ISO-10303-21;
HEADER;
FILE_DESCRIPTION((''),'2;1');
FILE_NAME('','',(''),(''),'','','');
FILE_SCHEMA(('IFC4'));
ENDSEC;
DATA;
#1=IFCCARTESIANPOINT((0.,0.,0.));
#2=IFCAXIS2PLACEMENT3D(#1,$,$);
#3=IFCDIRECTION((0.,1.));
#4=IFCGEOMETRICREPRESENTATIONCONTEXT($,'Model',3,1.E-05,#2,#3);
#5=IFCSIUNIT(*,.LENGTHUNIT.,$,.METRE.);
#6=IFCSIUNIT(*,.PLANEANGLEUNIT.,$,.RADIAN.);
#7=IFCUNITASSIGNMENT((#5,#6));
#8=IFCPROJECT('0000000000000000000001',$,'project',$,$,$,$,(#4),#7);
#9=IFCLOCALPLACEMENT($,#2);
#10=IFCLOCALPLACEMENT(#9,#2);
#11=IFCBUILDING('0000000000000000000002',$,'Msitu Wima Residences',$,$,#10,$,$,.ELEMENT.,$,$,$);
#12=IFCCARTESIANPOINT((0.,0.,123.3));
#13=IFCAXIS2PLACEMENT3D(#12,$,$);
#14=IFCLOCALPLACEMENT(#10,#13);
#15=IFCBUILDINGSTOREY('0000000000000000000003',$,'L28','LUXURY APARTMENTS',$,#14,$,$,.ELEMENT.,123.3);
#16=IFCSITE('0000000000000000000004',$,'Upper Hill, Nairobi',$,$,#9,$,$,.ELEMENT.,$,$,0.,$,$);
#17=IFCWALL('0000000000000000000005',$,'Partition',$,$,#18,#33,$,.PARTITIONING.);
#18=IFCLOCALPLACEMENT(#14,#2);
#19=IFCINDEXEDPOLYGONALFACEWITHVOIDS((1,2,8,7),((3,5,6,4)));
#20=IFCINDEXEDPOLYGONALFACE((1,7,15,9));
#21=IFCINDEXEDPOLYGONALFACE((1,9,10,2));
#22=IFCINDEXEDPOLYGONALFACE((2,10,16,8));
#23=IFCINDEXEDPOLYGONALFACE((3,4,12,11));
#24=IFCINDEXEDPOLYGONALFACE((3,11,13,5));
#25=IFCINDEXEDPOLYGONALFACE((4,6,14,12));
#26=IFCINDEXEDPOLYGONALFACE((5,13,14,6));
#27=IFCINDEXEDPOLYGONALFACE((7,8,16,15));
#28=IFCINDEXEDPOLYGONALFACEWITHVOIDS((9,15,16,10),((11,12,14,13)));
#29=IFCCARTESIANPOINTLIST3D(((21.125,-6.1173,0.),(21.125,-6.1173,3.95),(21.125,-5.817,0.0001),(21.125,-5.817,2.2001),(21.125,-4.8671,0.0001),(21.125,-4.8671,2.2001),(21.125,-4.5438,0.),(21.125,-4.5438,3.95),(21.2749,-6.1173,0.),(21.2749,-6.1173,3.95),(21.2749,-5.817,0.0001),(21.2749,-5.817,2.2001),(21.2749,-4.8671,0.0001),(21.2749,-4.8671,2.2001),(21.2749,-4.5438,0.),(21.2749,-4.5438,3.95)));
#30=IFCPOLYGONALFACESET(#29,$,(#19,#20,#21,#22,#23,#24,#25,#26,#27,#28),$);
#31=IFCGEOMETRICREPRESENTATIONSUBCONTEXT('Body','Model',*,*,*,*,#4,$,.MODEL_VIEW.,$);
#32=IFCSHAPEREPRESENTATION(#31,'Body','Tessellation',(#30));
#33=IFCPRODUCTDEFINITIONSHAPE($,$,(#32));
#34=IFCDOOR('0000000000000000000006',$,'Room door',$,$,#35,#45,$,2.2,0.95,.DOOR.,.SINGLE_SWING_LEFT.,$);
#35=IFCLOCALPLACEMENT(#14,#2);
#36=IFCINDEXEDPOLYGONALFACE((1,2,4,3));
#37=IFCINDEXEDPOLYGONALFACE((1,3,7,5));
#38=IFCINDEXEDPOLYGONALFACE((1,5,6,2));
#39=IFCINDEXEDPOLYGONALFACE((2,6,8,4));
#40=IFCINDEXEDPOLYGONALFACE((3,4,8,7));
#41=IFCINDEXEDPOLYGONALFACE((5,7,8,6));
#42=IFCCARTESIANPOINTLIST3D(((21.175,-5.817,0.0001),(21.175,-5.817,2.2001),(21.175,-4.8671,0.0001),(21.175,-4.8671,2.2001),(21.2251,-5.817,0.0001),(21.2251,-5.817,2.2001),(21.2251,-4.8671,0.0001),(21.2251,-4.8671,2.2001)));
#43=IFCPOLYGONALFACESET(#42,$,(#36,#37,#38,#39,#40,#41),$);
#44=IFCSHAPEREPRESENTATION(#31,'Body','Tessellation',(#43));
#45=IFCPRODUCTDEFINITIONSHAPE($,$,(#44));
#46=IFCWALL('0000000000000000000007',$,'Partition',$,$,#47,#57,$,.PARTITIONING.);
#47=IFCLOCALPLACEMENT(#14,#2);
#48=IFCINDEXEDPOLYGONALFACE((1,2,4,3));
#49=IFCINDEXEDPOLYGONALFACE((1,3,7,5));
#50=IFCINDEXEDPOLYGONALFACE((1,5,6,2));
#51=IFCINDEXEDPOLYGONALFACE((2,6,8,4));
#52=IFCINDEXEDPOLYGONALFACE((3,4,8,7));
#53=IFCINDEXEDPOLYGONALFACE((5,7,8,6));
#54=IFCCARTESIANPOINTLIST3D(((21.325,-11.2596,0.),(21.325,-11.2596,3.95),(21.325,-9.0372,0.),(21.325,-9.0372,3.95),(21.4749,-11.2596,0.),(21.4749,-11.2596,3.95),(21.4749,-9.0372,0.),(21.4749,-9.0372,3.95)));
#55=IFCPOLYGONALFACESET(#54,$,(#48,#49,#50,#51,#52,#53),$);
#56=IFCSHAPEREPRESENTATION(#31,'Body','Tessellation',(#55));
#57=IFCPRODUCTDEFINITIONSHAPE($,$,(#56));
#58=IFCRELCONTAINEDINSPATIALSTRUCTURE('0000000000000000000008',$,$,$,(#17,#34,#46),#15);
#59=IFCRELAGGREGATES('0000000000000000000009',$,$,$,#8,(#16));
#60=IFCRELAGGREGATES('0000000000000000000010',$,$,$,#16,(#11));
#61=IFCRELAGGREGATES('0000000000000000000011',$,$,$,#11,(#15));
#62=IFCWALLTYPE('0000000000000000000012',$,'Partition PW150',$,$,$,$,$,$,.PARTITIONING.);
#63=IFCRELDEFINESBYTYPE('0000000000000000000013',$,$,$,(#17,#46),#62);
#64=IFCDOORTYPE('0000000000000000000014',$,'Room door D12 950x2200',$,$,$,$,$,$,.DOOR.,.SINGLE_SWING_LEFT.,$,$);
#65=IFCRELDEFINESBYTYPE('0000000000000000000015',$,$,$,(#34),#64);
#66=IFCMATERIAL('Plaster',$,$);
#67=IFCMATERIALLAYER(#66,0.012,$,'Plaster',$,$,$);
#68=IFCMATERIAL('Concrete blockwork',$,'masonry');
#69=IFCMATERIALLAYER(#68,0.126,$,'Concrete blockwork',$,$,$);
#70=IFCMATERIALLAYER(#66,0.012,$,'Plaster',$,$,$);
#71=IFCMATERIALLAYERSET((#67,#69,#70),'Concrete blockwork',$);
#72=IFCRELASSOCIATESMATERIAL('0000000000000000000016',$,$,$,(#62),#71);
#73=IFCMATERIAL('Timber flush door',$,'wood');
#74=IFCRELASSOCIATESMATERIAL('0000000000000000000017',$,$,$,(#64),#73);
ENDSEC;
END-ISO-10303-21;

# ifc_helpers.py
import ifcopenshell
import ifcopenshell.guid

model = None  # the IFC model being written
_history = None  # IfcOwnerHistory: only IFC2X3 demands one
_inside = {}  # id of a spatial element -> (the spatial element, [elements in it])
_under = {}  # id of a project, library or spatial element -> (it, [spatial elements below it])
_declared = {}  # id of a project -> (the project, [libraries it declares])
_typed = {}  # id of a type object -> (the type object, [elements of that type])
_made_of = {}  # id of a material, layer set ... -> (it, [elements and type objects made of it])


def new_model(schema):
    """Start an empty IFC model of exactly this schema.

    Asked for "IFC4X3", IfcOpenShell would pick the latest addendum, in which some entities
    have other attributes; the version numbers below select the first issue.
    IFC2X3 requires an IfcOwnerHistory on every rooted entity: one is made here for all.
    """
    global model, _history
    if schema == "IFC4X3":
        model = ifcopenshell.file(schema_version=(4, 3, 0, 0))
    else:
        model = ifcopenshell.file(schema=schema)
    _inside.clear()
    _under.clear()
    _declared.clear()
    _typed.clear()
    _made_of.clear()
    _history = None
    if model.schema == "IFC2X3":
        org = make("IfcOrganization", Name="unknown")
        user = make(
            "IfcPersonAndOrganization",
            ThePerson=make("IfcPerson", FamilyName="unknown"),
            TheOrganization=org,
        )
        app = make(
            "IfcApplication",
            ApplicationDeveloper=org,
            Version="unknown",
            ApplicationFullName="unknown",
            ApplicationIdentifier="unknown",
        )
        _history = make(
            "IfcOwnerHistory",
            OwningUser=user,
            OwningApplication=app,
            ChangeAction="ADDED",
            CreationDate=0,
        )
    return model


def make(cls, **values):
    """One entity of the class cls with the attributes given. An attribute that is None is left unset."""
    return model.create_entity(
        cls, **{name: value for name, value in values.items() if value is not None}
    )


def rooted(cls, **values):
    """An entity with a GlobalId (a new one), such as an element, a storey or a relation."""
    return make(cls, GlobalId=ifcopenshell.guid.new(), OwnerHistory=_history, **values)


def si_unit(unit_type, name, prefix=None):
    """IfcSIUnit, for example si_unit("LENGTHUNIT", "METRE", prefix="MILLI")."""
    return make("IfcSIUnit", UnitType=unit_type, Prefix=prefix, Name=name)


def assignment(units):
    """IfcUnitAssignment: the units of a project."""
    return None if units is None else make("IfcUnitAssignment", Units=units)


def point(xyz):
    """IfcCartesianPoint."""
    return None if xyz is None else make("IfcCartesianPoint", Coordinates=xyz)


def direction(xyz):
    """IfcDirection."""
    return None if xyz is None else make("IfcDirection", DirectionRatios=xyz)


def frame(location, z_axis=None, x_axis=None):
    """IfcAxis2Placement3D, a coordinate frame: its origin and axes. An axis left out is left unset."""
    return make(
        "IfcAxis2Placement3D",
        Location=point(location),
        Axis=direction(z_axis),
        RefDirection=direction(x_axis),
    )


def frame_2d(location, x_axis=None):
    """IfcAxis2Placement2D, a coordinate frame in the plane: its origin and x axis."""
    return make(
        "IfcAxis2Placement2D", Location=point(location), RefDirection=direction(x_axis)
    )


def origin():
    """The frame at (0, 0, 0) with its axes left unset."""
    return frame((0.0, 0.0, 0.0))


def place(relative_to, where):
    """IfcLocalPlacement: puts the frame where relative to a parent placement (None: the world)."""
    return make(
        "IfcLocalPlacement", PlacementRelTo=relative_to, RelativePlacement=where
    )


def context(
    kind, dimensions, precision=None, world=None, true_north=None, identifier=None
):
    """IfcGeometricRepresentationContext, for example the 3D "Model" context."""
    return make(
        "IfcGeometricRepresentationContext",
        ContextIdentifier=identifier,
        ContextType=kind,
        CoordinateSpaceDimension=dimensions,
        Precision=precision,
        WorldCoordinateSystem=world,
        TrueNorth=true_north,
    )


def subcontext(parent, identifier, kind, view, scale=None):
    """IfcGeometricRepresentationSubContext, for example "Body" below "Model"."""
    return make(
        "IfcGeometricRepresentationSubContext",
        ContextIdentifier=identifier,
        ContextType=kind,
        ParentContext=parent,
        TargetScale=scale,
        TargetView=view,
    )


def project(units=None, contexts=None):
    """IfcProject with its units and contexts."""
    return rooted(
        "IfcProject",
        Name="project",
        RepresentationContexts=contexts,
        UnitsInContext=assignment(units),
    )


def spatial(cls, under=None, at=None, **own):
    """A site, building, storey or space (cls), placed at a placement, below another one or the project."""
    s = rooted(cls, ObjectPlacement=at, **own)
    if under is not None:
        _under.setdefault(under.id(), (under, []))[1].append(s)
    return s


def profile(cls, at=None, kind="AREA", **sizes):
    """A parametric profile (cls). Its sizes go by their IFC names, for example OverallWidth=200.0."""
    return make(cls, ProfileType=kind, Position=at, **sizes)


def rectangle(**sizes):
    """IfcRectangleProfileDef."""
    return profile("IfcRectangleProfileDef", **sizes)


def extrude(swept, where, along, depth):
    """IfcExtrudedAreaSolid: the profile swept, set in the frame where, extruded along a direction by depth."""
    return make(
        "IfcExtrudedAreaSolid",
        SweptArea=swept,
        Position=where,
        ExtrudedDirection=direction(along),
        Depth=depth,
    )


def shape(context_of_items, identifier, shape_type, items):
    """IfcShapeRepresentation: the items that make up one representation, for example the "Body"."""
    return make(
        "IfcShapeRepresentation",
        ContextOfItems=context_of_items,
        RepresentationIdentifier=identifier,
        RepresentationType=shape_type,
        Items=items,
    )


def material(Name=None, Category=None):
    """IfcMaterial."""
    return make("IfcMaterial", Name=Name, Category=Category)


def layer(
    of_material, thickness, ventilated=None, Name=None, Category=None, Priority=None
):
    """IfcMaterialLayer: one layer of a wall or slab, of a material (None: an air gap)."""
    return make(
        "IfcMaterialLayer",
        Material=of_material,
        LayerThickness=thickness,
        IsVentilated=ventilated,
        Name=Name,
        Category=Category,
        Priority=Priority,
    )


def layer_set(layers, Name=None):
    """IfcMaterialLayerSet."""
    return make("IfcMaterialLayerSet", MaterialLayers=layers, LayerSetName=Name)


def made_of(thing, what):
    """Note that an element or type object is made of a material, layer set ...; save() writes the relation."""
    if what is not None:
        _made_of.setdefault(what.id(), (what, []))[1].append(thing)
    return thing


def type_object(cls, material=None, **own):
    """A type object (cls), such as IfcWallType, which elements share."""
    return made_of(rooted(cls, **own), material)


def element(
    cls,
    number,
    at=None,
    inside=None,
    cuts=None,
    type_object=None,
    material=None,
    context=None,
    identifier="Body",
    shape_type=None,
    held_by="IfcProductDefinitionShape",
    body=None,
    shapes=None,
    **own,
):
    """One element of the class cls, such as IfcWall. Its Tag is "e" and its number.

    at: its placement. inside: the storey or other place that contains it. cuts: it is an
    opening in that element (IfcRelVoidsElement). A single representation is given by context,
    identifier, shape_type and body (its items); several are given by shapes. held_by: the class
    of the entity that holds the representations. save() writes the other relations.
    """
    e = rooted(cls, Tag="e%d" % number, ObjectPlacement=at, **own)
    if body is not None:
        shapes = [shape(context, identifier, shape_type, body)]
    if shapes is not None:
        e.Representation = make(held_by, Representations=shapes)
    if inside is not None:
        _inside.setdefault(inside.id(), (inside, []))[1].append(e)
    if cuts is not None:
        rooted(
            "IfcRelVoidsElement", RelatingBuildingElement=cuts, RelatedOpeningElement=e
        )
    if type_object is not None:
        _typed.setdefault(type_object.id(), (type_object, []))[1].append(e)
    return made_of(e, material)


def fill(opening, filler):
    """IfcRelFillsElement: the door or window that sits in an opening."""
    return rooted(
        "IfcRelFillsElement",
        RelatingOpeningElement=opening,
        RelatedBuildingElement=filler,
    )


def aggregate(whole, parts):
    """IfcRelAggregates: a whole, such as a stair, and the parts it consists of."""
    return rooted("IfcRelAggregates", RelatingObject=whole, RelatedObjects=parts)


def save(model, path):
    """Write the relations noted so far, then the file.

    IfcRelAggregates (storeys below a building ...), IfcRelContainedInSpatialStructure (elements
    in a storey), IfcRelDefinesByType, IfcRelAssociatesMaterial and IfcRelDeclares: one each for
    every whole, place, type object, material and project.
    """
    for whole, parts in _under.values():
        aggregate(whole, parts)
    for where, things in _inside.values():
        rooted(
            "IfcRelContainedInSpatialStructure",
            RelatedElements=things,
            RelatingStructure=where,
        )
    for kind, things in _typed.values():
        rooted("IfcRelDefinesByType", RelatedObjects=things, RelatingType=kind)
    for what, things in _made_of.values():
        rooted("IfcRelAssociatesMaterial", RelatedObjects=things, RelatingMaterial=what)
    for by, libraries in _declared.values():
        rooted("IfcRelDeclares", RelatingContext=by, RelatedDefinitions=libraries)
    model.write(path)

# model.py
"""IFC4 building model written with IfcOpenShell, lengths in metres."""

from ifc_helpers import new_model, si_unit, direction, frame, frame_2d, origin, place, context, subcontext, project, spatial, rectangle, extrude, material, layer, layer_set, type_object, element, fill, save


model = new_model("IFC4")

# Units and contexts
model_context = context("Model", 3, precision=1e-05, world=origin(), true_north=direction((0.0, 1.0)))
body_context = subcontext(model_context, "Body", "Model", "MODEL_VIEW")
ifc_project = project(units=[si_unit("LENGTHUNIT", "METRE"), si_unit("PLANEANGLEUNIT", "RADIAN")], contexts=[model_context])

# Site, building, storey
site_placement = place(None, origin())
site = spatial("IfcSite", under=ifc_project, at=site_placement, Name="Upper Hill, Nairobi", CompositionType="ELEMENT", RefElevation=0.0)
building_placement = place(site_placement, origin())
building = spatial("IfcBuilding", under=site, at=building_placement, Name="Msitu Wima Residences", CompositionType="ELEMENT")
storey_placement = place(building_placement, frame((0.0, 0.0, 123.3)))
storey = spatial("IfcBuildingStorey", under=building, at=storey_placement, Name="L28", Description="LUXURY APARTMENTS", CompositionType="ELEMENT", Elevation=123.3)

# Wall, opening, door
ifc_material_1 = material(Name="Plaster")
ifc_layer_1 = layer(ifc_material_1, 0.012, Name="Plaster")
ifc_material_2 = material(Name="Concrete blockwork", Category="masonry")
ifc_layer_2 = layer(ifc_material_2, 0.126, Name="Concrete blockwork")
ifc_layer_3 = layer(ifc_material_1, 0.012, Name="Plaster")
ifc_layer_set_1 = layer_set([ifc_layer_1, ifc_layer_2, ifc_layer_3], Name="Concrete blockwork")
wall_type_1 = type_object("IfcWallType", Name="Partition PW150", PredefinedType="PARTITIONING", material=ifc_layer_set_1)
wall_1_placement = place(storey_placement, frame((21.2, -6.1172, 0.0), z_axis=(0.0, 0.0, 1.0), x_axis=(0.0, 1.0, 0.0)))
wall_1 = element("IfcWall", 1, at=wall_1_placement, inside=storey, type_object=wall_type_1, Name="Partition", PredefinedType="PARTITIONING", context=body_context, shape_type="SweptSolid", body=[
    extrude(rectangle(XDim=1.5735, YDim=0.1499, at=frame_2d((0.7866, 0.0))), origin(), (0.0, 0.0, 1.0), 3.95),
])
opening_1_placement = place(wall_1_placement, frame((0.3, 0.0, 0.0)))
opening_1 = element("IfcOpeningElement", 2, at=opening_1_placement, cuts=wall_1, PredefinedType="OPENING", context=body_context, shape_type="SweptSolid", body=[
    extrude(rectangle(XDim=0.95, YDim=2.2, at=frame_2d((0.4751, 1.1001))), frame((0.0, 0.085, 0.0), z_axis=(0.0, -1.0, 0.0), x_axis=(1.0, 0.0, 0.0)), (0.0, 0.0, 1.0), 0.1699),
])
ifc_material_3 = material(Name="Timber flush door", Category="wood")
door_type = type_object("IfcDoorType", Name="Room door D12 950x2200", OperationType="SINGLE_SWING_LEFT", PredefinedType="DOOR", material=ifc_material_3)
door_placement = place(opening_1_placement, origin())
door = element("IfcDoor", 3, at=door_placement, inside=storey, type_object=door_type, Name="Room door", OperationType="SINGLE_SWING_LEFT", OverallHeight=2.2, OverallWidth=0.95, PredefinedType="DOOR", context=body_context, shape_type="SweptSolid", body=[
    extrude(rectangle(XDim=0.95, YDim=2.2, at=frame_2d((0.4751, 1.1001))), frame((0.0, 0.0249, 0.0), z_axis=(0.0, -1.0, 0.0), x_axis=(1.0, 0.0, 0.0)), (0.0, 0.0, 1.0), 0.05),
])
fill(opening_1, door)

# Wall
wall_2_placement = place(storey_placement, frame((21.3999, -11.2598, 0.0), z_axis=(0.0, 0.0, 1.0), x_axis=(0.0, 1.0, 0.0)))
element("IfcWall", 4, at=wall_2_placement, inside=storey, type_object=wall_type_1, Name="Partition", PredefinedType="PARTITIONING", context=body_context, shape_type="SweptSolid", body=[
    extrude(rectangle(XDim=2.2224, YDim=0.1499, at=frame_2d((1.1113, 0.0))), origin(), (0.0, 0.0, 1.0), 3.95),
])

save(model, "model.ifc")
